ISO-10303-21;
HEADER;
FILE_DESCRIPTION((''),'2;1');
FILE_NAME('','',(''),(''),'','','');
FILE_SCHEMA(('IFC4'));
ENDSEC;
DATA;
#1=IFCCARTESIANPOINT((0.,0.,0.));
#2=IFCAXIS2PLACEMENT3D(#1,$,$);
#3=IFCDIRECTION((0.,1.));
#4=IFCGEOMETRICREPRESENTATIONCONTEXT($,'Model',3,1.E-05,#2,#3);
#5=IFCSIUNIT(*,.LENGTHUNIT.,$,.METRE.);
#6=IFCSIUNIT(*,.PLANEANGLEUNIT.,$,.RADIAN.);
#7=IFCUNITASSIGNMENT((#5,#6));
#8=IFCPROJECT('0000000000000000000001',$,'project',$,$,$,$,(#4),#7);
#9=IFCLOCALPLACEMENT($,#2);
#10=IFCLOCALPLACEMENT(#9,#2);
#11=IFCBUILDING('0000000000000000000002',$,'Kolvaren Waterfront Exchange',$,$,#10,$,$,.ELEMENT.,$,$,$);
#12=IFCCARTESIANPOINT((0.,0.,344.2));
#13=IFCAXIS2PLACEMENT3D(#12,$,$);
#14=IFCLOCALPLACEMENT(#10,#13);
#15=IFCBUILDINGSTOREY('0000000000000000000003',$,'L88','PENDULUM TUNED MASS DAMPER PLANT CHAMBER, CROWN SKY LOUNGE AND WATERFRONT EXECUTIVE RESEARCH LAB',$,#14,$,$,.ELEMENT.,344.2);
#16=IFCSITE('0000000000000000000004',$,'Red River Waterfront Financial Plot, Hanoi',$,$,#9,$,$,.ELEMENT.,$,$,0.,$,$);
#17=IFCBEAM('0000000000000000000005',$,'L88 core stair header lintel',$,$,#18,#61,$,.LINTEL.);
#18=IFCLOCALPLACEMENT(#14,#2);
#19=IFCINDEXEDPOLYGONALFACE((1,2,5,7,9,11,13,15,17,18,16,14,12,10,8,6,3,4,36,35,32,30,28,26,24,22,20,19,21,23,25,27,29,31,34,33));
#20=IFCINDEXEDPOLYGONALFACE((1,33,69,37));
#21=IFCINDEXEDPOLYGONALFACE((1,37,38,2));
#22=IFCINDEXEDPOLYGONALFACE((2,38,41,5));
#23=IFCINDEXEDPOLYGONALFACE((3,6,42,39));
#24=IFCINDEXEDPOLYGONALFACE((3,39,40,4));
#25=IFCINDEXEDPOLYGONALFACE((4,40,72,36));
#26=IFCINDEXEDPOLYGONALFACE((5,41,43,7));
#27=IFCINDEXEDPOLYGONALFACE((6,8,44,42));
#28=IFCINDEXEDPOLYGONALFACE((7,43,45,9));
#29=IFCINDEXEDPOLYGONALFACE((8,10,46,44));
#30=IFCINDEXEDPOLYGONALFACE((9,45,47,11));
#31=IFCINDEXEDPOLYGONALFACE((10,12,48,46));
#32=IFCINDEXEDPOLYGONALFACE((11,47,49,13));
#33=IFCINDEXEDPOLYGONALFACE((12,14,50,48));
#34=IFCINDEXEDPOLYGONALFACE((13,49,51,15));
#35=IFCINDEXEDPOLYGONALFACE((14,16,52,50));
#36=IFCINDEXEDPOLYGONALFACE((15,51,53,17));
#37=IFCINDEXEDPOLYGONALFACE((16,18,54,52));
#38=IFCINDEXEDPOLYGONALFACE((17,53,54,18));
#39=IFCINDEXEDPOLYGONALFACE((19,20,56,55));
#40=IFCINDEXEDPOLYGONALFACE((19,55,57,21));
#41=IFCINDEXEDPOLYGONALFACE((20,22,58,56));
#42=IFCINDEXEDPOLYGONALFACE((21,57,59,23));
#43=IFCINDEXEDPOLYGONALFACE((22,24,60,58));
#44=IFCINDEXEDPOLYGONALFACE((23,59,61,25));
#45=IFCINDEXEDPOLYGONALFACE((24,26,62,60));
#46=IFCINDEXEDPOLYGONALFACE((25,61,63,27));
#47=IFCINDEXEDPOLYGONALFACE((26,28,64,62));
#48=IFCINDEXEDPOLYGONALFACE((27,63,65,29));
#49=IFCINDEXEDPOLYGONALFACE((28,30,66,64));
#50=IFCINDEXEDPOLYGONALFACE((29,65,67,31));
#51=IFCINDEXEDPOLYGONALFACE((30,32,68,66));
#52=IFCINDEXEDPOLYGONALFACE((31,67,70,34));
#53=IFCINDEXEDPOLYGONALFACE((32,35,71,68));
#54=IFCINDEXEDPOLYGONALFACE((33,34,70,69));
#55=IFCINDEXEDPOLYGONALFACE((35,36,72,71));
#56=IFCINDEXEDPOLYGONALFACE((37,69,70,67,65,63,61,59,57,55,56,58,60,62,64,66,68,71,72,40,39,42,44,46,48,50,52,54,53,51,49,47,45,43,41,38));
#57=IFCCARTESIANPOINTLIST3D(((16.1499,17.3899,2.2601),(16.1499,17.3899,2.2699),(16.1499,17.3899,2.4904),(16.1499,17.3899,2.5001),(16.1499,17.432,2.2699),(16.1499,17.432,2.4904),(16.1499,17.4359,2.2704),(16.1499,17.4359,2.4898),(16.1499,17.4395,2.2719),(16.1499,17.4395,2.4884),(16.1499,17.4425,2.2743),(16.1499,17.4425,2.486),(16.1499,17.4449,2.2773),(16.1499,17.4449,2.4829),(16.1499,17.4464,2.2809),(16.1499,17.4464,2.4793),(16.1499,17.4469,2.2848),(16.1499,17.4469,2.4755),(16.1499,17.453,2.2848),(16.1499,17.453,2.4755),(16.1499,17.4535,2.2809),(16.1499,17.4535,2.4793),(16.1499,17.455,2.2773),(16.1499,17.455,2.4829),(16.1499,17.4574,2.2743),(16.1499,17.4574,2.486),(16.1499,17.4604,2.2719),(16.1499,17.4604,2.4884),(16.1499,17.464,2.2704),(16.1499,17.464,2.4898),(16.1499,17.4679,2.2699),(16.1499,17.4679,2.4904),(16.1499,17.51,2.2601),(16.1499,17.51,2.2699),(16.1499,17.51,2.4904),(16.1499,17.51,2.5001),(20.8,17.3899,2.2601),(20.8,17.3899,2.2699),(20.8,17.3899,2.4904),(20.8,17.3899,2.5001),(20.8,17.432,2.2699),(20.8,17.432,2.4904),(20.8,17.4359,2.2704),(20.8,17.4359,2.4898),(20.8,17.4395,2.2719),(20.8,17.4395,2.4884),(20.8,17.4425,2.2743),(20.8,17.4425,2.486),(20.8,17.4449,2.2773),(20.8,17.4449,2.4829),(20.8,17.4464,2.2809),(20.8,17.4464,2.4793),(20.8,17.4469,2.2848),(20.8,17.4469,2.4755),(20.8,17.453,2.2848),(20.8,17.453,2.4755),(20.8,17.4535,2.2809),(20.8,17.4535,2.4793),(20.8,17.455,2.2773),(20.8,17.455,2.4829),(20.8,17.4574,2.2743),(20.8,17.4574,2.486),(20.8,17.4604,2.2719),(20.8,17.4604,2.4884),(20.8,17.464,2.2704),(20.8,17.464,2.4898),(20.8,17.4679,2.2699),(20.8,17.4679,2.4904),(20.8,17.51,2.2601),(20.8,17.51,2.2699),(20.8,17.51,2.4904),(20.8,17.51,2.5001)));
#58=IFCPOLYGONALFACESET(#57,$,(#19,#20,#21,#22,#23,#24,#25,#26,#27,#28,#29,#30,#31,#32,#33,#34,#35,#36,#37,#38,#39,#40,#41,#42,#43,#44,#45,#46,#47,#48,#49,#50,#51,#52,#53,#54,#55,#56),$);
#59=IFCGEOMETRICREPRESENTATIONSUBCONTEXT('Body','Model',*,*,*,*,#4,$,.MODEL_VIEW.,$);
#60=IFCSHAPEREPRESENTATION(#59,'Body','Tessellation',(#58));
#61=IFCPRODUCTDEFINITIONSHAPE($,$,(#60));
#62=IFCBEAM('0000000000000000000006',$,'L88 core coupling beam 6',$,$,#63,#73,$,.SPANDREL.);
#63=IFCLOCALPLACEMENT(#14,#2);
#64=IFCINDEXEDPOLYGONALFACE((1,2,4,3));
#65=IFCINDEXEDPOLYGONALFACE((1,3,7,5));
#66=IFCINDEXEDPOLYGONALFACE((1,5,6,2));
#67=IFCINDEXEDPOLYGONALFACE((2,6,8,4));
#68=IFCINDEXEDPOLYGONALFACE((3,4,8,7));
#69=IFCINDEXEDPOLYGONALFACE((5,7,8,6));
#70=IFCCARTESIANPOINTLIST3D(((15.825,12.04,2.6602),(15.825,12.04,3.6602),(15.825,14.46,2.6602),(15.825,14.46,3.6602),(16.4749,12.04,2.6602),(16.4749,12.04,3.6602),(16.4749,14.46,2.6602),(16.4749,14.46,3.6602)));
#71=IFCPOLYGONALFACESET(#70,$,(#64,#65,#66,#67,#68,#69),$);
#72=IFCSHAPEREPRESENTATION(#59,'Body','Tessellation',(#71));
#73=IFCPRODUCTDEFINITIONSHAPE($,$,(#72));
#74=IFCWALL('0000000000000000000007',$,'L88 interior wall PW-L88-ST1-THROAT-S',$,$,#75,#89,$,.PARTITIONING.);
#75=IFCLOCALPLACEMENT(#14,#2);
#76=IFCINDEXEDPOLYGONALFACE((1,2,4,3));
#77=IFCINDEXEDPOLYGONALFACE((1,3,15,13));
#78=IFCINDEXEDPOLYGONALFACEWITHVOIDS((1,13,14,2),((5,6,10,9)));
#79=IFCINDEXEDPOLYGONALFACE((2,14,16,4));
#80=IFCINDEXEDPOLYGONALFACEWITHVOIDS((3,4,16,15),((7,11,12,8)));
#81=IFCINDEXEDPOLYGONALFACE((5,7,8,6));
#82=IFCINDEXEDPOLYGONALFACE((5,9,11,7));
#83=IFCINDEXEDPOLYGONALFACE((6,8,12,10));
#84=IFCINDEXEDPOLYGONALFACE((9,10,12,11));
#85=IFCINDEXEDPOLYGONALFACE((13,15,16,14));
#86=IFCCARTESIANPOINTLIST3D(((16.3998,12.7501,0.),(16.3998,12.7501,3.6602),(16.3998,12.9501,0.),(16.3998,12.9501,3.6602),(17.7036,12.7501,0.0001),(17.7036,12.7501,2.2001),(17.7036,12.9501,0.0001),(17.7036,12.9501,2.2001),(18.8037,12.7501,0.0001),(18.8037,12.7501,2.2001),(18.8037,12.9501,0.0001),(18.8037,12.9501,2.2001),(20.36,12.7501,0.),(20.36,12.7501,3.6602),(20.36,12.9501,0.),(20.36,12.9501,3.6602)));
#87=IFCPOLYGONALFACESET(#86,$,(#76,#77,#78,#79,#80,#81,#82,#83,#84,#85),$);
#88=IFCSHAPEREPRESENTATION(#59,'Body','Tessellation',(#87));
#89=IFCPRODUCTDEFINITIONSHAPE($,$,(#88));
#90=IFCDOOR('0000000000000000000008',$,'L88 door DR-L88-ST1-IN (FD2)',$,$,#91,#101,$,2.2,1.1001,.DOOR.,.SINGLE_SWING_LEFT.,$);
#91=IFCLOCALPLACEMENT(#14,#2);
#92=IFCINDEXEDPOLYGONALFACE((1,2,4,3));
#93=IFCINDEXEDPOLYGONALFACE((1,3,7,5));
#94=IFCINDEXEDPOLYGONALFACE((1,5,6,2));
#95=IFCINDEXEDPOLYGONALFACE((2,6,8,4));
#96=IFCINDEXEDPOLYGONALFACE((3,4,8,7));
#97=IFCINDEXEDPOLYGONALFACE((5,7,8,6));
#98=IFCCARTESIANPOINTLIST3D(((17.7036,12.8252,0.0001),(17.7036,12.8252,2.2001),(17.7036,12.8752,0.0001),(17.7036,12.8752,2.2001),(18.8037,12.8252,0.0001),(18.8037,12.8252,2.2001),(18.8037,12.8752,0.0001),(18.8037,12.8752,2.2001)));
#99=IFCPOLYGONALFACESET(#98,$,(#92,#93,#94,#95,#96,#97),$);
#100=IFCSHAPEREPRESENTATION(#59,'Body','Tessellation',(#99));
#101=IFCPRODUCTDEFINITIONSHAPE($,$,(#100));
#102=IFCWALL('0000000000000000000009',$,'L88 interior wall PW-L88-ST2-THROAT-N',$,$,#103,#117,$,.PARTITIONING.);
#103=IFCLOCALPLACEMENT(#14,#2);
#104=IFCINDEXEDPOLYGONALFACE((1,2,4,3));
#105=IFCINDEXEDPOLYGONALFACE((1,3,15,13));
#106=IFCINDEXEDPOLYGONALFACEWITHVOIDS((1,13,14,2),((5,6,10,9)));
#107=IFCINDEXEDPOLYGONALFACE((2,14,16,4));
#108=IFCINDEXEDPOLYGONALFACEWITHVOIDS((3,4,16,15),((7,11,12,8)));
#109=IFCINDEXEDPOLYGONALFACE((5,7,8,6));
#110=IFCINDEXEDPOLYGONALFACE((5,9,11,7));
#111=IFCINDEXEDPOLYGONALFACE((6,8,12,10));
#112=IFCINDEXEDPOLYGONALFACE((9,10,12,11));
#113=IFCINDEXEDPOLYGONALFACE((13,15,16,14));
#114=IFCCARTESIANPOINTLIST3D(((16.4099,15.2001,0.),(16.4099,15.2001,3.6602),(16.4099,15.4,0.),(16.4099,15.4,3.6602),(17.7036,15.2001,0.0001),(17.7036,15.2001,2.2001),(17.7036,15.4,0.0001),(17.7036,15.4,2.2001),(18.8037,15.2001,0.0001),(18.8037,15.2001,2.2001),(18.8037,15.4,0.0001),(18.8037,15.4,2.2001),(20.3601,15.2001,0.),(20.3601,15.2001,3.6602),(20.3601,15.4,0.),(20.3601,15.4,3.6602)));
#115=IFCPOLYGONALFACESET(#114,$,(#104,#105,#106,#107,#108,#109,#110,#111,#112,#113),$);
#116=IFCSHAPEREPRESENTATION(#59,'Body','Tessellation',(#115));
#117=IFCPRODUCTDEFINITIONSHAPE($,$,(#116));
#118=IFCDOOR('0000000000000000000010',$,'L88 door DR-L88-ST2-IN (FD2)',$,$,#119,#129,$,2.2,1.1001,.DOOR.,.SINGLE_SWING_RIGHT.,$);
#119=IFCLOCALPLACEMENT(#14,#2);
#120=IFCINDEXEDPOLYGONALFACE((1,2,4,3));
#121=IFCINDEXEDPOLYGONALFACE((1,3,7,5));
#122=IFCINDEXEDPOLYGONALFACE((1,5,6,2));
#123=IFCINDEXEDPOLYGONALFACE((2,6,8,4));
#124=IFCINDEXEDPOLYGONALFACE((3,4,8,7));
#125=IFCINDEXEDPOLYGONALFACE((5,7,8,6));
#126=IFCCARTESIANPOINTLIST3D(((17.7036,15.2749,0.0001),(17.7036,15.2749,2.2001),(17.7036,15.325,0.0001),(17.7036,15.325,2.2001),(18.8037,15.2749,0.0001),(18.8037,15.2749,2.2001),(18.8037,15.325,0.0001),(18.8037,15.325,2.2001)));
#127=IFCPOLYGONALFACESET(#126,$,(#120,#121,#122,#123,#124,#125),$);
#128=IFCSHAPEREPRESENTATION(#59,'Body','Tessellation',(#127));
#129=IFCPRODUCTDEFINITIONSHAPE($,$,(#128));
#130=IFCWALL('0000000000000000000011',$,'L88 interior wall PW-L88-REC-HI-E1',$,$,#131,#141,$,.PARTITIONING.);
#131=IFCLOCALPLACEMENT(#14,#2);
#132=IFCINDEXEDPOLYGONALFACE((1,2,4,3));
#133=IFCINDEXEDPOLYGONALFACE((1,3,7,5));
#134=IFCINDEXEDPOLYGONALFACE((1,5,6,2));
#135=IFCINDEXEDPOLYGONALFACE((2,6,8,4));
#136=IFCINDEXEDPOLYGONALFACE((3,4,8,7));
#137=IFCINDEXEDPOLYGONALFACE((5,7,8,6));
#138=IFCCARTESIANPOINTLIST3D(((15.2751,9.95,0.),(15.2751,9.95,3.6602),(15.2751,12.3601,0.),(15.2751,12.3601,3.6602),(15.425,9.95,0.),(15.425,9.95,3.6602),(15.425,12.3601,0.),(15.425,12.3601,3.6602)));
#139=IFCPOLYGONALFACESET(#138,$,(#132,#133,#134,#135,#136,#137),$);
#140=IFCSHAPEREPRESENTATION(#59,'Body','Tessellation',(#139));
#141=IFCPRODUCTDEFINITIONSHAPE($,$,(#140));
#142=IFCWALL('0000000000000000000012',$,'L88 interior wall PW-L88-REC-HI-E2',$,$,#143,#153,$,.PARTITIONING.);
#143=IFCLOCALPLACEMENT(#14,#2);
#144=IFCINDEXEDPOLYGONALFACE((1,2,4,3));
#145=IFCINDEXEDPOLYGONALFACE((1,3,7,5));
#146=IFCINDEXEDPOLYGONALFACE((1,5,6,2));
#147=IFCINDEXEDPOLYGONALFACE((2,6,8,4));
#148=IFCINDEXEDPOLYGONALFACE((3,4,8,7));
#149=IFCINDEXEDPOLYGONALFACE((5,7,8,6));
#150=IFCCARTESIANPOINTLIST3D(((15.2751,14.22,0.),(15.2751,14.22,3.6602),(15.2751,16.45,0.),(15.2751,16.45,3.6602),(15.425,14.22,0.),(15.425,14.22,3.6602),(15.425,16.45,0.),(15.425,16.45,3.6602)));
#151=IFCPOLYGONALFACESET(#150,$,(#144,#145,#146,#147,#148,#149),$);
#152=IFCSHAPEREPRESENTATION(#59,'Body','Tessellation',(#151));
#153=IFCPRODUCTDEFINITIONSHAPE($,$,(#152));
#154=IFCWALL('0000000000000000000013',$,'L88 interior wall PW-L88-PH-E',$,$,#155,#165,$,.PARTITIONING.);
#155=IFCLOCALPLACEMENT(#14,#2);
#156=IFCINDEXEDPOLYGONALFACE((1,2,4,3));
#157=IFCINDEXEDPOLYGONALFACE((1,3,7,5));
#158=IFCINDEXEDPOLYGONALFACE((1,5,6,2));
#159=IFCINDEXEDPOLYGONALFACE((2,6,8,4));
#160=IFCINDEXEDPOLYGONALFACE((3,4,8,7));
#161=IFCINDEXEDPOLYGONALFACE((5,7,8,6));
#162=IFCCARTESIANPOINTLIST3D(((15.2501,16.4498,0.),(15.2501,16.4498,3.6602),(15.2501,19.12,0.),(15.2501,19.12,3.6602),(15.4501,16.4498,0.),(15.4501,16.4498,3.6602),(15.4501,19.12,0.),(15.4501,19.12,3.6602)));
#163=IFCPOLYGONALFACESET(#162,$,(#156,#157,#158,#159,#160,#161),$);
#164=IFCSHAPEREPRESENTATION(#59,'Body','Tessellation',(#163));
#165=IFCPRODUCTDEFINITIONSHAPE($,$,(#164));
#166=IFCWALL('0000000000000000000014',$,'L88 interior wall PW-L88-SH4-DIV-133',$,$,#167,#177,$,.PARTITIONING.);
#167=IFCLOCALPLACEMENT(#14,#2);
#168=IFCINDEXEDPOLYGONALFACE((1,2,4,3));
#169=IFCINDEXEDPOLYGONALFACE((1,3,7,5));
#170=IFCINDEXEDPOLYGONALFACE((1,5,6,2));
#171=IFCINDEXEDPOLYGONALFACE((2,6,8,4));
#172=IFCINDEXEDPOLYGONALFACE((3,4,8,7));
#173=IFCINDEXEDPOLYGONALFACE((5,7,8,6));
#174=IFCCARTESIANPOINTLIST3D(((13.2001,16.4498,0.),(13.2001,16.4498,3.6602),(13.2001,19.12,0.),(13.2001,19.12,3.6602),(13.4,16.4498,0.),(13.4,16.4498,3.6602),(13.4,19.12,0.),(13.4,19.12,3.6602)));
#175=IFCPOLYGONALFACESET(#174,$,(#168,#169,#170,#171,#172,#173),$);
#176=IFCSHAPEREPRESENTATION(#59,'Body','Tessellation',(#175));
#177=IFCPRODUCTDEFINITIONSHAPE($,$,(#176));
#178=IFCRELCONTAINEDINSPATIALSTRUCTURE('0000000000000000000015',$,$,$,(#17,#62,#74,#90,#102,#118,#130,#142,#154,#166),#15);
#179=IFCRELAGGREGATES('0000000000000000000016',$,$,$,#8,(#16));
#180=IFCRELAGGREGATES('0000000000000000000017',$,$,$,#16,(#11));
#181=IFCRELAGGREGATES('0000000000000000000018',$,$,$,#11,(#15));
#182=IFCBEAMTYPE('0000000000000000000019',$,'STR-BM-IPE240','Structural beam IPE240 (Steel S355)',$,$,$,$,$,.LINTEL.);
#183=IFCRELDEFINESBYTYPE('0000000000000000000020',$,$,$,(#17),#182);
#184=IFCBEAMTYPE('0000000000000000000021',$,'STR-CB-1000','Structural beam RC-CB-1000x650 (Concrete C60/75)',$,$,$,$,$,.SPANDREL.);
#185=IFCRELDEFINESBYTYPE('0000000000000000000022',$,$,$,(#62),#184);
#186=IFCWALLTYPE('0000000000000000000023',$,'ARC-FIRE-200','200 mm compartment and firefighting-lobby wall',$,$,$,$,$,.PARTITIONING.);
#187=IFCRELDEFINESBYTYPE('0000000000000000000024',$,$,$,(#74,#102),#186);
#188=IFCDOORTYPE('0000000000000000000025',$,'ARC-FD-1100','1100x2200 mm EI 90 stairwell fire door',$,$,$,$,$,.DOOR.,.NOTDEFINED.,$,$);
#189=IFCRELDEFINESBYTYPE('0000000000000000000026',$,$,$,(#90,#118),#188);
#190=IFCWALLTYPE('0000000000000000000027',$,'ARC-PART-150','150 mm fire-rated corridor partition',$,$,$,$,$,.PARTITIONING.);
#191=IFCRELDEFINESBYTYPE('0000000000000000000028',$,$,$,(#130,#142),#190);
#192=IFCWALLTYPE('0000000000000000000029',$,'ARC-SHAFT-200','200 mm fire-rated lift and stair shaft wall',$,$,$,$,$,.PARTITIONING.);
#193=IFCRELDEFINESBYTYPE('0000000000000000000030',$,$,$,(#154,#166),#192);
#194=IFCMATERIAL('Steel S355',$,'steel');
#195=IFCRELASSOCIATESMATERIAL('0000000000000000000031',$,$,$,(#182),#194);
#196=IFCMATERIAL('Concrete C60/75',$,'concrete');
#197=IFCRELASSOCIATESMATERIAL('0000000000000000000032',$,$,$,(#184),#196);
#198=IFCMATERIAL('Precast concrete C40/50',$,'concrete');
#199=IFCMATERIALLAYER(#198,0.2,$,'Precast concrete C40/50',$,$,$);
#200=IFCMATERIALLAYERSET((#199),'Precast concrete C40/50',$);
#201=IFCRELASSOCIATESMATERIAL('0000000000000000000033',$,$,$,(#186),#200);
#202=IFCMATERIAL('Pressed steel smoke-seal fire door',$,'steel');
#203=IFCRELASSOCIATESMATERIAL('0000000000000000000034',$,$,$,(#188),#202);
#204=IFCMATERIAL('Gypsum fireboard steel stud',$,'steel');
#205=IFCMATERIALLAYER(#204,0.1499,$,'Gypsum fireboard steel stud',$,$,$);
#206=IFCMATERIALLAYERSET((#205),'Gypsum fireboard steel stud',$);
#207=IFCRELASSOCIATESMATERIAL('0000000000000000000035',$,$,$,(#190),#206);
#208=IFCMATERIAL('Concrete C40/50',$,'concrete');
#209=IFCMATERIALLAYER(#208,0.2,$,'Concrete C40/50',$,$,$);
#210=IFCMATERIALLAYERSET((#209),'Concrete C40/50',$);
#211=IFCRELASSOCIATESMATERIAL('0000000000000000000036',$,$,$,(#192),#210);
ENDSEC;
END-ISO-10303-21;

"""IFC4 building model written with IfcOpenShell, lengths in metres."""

from ifc_helpers import new_model, si_unit, direction, frame, frame_2d, origin, origin_2d, place, context, subcontext, project, spatial, rectangle, i_section, extrude, material, layer, layer_set, material_profile, profile_set, type_object, element, fill, save


model = new_model("IFC4")

# Units and contexts
model_context = context("Model", 3, precision=1e-05, world=origin(), true_north=direction((0.0, 1.0)))
body_context = subcontext(model_context, "Body", "Model", "MODEL_VIEW")
ifc_project = project(units=[si_unit("LENGTHUNIT", "METRE"), si_unit("PLANEANGLEUNIT", "RADIAN")], contexts=[model_context])

# Site, building, storey
site_placement = place(None, origin())
site = spatial("IfcSite", under=ifc_project, at=site_placement, Name="Red River Waterfront Financial Plot, Hanoi", CompositionType="ELEMENT", RefElevation=0.0)
building_placement = place(site_placement, origin())
building = spatial("IfcBuilding", under=site, at=building_placement, Name="Kolvaren Waterfront Exchange", CompositionType="ELEMENT")
storey_placement = place(building_placement, frame((0.0, 0.0, 344.2)))
storey = spatial("IfcBuildingStorey", under=building, at=storey_placement, Name="L88", Description="PENDULUM TUNED MASS DAMPER PLANT CHAMBER, CROWN SKY LOUNGE AND WATERFRONT EXECUTIVE RESEARCH LAB", CompositionType="ELEMENT", Elevation=344.2)

# Beams
ifc_material_1 = material(Name="Steel S355", Category="steel")
ifc_material_profile_1 = material_profile(ifc_material_1, i_section(OverallWidth=0.1201, OverallDepth=0.24, WebThickness=0.0061, FlangeThickness=0.0098, FilletRadius=0.0149, at=origin_2d()), Name="IPE240")
ifc_profile_set_1 = profile_set([ifc_material_profile_1], Name="Steel S355")
beam_type_1 = type_object("IfcBeamType", Name="STR-BM-IPE240", Description="Structural beam IPE240 (Steel S355)", PredefinedType="LINTEL", material=ifc_profile_set_1)
beam_1_placement = place(storey_placement, frame((16.1499, 17.45, 2.3801), z_axis=(1.0, 0.0, 0.0), x_axis=(0.0, 1.0, 0.0)))
element("IfcBeam", 1, at=beam_1_placement, inside=storey, type_object=beam_type_1, Name="L88 core stair header lintel", PredefinedType="LINTEL", context=body_context, shape_type="SweptSolid", body=[
    extrude(i_section(OverallWidth=0.1201, OverallDepth=0.24, WebThickness=0.0061, FlangeThickness=0.0098, FilletRadius=0.0149, at=origin_2d()), origin(), (0.0, 0.0, 1.0), 4.6501),
])
ifc_material_2 = material(Name="Concrete C60/75", Category="concrete")
ifc_material_profile_2 = material_profile(ifc_material_2, rectangle(XDim=0.6499, YDim=1.0, at=origin_2d()), Name="RC-CB-1000x650")
ifc_profile_set_2 = profile_set([ifc_material_profile_2], Name="Concrete C60/75")
beam_type_2 = type_object("IfcBeamType", Name="STR-CB-1000", Description="Structural beam RC-CB-1000x650 (Concrete C60/75)", PredefinedType="SPANDREL", material=ifc_profile_set_2)
beam_2_placement = place(storey_placement, frame((16.1499, 12.04, 3.1602), z_axis=(0.0, 1.0, 0.0), x_axis=(-1.0, 0.0, 0.0)))
element("IfcBeam", 2, at=beam_2_placement, inside=storey, type_object=beam_type_2, Name="L88 core coupling beam 6", PredefinedType="SPANDREL", context=body_context, shape_type="SweptSolid", body=[
    extrude(rectangle(XDim=0.6499, YDim=1.0, at=origin_2d()), origin(), (0.0, 0.0, 1.0), 2.4199),
])

# Walls, openings, doors
ifc_material_3 = material(Name="Precast concrete C40/50", Category="concrete")
ifc_layer_1 = layer(ifc_material_3, 0.2, Name="Precast concrete C40/50")
ifc_layer_set_1 = layer_set([ifc_layer_1], Name="Precast concrete C40/50")
wall_type_1 = type_object("IfcWallType", Name="ARC-FIRE-200", Description="200 mm compartment and firefighting-lobby wall", PredefinedType="PARTITIONING", material=ifc_layer_set_1)
wall_1_placement = place(storey_placement, frame((16.3999, 12.8501, 0.0), z_axis=(0.0, 0.0, 1.0), x_axis=(1.0, 0.0, 0.0)))
wall_1 = element("IfcWall", 3, at=wall_1_placement, inside=storey, type_object=wall_type_1, Name="L88 interior wall PW-L88-ST1-THROAT-S", PredefinedType="PARTITIONING", context=body_context, shape_type="SweptSolid", body=[
    extrude(rectangle(XDim=3.9602, YDim=0.2, at=frame_2d((1.98, 0.0))), origin(), (0.0, 0.0, 1.0), 3.6602),
])
opening_1_placement = place(wall_1_placement, frame((1.3037, 0.0, 0.0)))
opening_1 = element("IfcOpeningElement", 4, at=opening_1_placement, cuts=wall_1, PredefinedType="OPENING", context=body_context, shape_type="SweptSolid", body=[
    extrude(rectangle(XDim=1.1001, YDim=2.2, at=frame_2d((0.55, 1.1001))), frame((0.0, 0.1099, 0.0), z_axis=(0.0, -1.0, 0.0), x_axis=(1.0, 0.0, 0.0)), (0.0, 0.0, 1.0), 0.22),
])
ifc_material_4 = material(Name="Pressed steel smoke-seal fire door", Category="steel")
door_type = type_object("IfcDoorType", Name="ARC-FD-1100", Description="1100x2200 mm EI 90 stairwell fire door", OperationType="NOTDEFINED", PredefinedType="DOOR", material=ifc_material_4)
door_1_placement = place(opening_1_placement, frame((1.1001, 0.0, 0.0), z_axis=(0.0, 0.0, 1.0), x_axis=(-1.0, 0.0, 0.0)))
door_1 = element("IfcDoor", 5, at=door_1_placement, inside=storey, type_object=door_type, Name="L88 door DR-L88-ST1-IN (FD2)", OperationType="SINGLE_SWING_LEFT", OverallHeight=2.2, OverallWidth=1.1001, PredefinedType="DOOR", context=body_context, shape_type="SweptSolid", body=[
    extrude(rectangle(XDim=1.1001, YDim=2.2, at=frame_2d((0.55, 1.1001))), frame((0.0, 0.0249, 0.0), z_axis=(0.0, -1.0, 0.0), x_axis=(1.0, 0.0, 0.0)), (0.0, 0.0, 1.0), 0.05),
])
fill(opening_1, door_1)
wall_2_placement = place(storey_placement, frame((16.4099, 15.3, 0.0), z_axis=(0.0, 0.0, 1.0), x_axis=(1.0, 0.0, 0.0)))
wall_2 = element("IfcWall", 6, at=wall_2_placement, inside=storey, type_object=wall_type_1, Name="L88 interior wall PW-L88-ST2-THROAT-N", PredefinedType="PARTITIONING", context=body_context, shape_type="SweptSolid", body=[
    extrude(rectangle(XDim=3.9502, YDim=0.2, at=frame_2d((1.9751, 0.0))), origin(), (0.0, 0.0, 1.0), 3.6602),
])
opening_2_placement = place(wall_2_placement, frame((1.2937, 0.0, 0.0)))
opening_2 = element("IfcOpeningElement", 7, at=opening_2_placement, cuts=wall_2, PredefinedType="OPENING", context=body_context, shape_type="SweptSolid", body=[
    extrude(rectangle(XDim=1.1001, YDim=2.2, at=frame_2d((0.55, 1.1001))), frame((0.0, 0.1099, 0.0), z_axis=(0.0, -1.0, 0.0), x_axis=(1.0, 0.0, 0.0)), (0.0, 0.0, 1.0), 0.22),
])
door_2_placement = place(opening_2_placement, origin())
door_2 = element("IfcDoor", 8, at=door_2_placement, inside=storey, type_object=door_type, Name="L88 door DR-L88-ST2-IN (FD2)", OperationType="SINGLE_SWING_RIGHT", OverallHeight=2.2, OverallWidth=1.1001, PredefinedType="DOOR", context=body_context, shape_type="SweptSolid", body=[
    extrude(rectangle(XDim=1.1001, YDim=2.2, at=frame_2d((0.55, 1.1001))), frame((0.0, 0.0249, 0.0), z_axis=(0.0, -1.0, 0.0), x_axis=(1.0, 0.0, 0.0)), (0.0, 0.0, 1.0), 0.05),
])
fill(opening_2, door_2)

# Walls
ifc_material_5 = material(Name="Gypsum fireboard steel stud", Category="steel")
ifc_layer_2 = layer(ifc_material_5, 0.1499, Name="Gypsum fireboard steel stud")
ifc_layer_set_2 = layer_set([ifc_layer_2], Name="Gypsum fireboard steel stud")
wall_type_2 = type_object("IfcWallType", Name="ARC-PART-150", Description="150 mm fire-rated corridor partition", PredefinedType="PARTITIONING", material=ifc_layer_set_2)
wall_3_placement = place(storey_placement, frame((15.3501, 9.95, 0.0), z_axis=(0.0, 0.0, 1.0), x_axis=(0.0, 1.0, 0.0)))
element("IfcWall", 9, at=wall_3_placement, inside=storey, type_object=wall_type_2, Name="L88 interior wall PW-L88-REC-HI-E1", PredefinedType="PARTITIONING", context=body_context, shape_type="SweptSolid", body=[
    extrude(rectangle(XDim=2.4102, YDim=0.1499, at=frame_2d((1.2051, 0.0))), origin(), (0.0, 0.0, 1.0), 3.6602),
])
wall_4_placement = place(storey_placement, frame((15.3501, 14.22, 0.0), z_axis=(0.0, 0.0, 1.0), x_axis=(0.0, 1.0, 0.0)))
element("IfcWall", 10, at=wall_4_placement, inside=storey, type_object=wall_type_2, Name="L88 interior wall PW-L88-REC-HI-E2", PredefinedType="PARTITIONING", context=body_context, shape_type="SweptSolid", body=[
    extrude(rectangle(XDim=2.23, YDim=0.1499, at=frame_2d((1.115, 0.0))), origin(), (0.0, 0.0, 1.0), 3.6602),
])
ifc_material_6 = material(Name="Concrete C40/50", Category="concrete")
ifc_layer_3 = layer(ifc_material_6, 0.2, Name="Concrete C40/50")
ifc_layer_set_3 = layer_set([ifc_layer_3], Name="Concrete C40/50")
wall_type_3 = type_object("IfcWallType", Name="ARC-SHAFT-200", Description="200 mm fire-rated lift and stair shaft wall", PredefinedType="PARTITIONING", material=ifc_layer_set_3)
for number, where, z_axis, x_axis, name in (
    (11, (15.3501, 16.45, 0.0), (0.0, 0.0, 1.0), (0.0, 1.0, 0.0), "L88 interior wall PW-L88-PH-E"),
    (12, (13.3, 16.45, 0.0), (0.0, 0.0, 1.0), (0.0, 1.0, 0.0), "L88 interior wall PW-L88-SH4-DIV-133"),
):
    element("IfcWall", number, at=place(storey_placement, frame(where, z_axis=z_axis, x_axis=x_axis)), inside=storey, type_object=wall_type_3, Name=name, PredefinedType="PARTITIONING", context=body_context, shape_type="SweptSolid", body=[
        extrude(rectangle(XDim=2.6702, YDim=0.2, at=frame_2d((1.335, 0.0))), origin(), (0.0, 0.0, 1.0), 3.6602),
    ])

save(model, "model.ifc")
